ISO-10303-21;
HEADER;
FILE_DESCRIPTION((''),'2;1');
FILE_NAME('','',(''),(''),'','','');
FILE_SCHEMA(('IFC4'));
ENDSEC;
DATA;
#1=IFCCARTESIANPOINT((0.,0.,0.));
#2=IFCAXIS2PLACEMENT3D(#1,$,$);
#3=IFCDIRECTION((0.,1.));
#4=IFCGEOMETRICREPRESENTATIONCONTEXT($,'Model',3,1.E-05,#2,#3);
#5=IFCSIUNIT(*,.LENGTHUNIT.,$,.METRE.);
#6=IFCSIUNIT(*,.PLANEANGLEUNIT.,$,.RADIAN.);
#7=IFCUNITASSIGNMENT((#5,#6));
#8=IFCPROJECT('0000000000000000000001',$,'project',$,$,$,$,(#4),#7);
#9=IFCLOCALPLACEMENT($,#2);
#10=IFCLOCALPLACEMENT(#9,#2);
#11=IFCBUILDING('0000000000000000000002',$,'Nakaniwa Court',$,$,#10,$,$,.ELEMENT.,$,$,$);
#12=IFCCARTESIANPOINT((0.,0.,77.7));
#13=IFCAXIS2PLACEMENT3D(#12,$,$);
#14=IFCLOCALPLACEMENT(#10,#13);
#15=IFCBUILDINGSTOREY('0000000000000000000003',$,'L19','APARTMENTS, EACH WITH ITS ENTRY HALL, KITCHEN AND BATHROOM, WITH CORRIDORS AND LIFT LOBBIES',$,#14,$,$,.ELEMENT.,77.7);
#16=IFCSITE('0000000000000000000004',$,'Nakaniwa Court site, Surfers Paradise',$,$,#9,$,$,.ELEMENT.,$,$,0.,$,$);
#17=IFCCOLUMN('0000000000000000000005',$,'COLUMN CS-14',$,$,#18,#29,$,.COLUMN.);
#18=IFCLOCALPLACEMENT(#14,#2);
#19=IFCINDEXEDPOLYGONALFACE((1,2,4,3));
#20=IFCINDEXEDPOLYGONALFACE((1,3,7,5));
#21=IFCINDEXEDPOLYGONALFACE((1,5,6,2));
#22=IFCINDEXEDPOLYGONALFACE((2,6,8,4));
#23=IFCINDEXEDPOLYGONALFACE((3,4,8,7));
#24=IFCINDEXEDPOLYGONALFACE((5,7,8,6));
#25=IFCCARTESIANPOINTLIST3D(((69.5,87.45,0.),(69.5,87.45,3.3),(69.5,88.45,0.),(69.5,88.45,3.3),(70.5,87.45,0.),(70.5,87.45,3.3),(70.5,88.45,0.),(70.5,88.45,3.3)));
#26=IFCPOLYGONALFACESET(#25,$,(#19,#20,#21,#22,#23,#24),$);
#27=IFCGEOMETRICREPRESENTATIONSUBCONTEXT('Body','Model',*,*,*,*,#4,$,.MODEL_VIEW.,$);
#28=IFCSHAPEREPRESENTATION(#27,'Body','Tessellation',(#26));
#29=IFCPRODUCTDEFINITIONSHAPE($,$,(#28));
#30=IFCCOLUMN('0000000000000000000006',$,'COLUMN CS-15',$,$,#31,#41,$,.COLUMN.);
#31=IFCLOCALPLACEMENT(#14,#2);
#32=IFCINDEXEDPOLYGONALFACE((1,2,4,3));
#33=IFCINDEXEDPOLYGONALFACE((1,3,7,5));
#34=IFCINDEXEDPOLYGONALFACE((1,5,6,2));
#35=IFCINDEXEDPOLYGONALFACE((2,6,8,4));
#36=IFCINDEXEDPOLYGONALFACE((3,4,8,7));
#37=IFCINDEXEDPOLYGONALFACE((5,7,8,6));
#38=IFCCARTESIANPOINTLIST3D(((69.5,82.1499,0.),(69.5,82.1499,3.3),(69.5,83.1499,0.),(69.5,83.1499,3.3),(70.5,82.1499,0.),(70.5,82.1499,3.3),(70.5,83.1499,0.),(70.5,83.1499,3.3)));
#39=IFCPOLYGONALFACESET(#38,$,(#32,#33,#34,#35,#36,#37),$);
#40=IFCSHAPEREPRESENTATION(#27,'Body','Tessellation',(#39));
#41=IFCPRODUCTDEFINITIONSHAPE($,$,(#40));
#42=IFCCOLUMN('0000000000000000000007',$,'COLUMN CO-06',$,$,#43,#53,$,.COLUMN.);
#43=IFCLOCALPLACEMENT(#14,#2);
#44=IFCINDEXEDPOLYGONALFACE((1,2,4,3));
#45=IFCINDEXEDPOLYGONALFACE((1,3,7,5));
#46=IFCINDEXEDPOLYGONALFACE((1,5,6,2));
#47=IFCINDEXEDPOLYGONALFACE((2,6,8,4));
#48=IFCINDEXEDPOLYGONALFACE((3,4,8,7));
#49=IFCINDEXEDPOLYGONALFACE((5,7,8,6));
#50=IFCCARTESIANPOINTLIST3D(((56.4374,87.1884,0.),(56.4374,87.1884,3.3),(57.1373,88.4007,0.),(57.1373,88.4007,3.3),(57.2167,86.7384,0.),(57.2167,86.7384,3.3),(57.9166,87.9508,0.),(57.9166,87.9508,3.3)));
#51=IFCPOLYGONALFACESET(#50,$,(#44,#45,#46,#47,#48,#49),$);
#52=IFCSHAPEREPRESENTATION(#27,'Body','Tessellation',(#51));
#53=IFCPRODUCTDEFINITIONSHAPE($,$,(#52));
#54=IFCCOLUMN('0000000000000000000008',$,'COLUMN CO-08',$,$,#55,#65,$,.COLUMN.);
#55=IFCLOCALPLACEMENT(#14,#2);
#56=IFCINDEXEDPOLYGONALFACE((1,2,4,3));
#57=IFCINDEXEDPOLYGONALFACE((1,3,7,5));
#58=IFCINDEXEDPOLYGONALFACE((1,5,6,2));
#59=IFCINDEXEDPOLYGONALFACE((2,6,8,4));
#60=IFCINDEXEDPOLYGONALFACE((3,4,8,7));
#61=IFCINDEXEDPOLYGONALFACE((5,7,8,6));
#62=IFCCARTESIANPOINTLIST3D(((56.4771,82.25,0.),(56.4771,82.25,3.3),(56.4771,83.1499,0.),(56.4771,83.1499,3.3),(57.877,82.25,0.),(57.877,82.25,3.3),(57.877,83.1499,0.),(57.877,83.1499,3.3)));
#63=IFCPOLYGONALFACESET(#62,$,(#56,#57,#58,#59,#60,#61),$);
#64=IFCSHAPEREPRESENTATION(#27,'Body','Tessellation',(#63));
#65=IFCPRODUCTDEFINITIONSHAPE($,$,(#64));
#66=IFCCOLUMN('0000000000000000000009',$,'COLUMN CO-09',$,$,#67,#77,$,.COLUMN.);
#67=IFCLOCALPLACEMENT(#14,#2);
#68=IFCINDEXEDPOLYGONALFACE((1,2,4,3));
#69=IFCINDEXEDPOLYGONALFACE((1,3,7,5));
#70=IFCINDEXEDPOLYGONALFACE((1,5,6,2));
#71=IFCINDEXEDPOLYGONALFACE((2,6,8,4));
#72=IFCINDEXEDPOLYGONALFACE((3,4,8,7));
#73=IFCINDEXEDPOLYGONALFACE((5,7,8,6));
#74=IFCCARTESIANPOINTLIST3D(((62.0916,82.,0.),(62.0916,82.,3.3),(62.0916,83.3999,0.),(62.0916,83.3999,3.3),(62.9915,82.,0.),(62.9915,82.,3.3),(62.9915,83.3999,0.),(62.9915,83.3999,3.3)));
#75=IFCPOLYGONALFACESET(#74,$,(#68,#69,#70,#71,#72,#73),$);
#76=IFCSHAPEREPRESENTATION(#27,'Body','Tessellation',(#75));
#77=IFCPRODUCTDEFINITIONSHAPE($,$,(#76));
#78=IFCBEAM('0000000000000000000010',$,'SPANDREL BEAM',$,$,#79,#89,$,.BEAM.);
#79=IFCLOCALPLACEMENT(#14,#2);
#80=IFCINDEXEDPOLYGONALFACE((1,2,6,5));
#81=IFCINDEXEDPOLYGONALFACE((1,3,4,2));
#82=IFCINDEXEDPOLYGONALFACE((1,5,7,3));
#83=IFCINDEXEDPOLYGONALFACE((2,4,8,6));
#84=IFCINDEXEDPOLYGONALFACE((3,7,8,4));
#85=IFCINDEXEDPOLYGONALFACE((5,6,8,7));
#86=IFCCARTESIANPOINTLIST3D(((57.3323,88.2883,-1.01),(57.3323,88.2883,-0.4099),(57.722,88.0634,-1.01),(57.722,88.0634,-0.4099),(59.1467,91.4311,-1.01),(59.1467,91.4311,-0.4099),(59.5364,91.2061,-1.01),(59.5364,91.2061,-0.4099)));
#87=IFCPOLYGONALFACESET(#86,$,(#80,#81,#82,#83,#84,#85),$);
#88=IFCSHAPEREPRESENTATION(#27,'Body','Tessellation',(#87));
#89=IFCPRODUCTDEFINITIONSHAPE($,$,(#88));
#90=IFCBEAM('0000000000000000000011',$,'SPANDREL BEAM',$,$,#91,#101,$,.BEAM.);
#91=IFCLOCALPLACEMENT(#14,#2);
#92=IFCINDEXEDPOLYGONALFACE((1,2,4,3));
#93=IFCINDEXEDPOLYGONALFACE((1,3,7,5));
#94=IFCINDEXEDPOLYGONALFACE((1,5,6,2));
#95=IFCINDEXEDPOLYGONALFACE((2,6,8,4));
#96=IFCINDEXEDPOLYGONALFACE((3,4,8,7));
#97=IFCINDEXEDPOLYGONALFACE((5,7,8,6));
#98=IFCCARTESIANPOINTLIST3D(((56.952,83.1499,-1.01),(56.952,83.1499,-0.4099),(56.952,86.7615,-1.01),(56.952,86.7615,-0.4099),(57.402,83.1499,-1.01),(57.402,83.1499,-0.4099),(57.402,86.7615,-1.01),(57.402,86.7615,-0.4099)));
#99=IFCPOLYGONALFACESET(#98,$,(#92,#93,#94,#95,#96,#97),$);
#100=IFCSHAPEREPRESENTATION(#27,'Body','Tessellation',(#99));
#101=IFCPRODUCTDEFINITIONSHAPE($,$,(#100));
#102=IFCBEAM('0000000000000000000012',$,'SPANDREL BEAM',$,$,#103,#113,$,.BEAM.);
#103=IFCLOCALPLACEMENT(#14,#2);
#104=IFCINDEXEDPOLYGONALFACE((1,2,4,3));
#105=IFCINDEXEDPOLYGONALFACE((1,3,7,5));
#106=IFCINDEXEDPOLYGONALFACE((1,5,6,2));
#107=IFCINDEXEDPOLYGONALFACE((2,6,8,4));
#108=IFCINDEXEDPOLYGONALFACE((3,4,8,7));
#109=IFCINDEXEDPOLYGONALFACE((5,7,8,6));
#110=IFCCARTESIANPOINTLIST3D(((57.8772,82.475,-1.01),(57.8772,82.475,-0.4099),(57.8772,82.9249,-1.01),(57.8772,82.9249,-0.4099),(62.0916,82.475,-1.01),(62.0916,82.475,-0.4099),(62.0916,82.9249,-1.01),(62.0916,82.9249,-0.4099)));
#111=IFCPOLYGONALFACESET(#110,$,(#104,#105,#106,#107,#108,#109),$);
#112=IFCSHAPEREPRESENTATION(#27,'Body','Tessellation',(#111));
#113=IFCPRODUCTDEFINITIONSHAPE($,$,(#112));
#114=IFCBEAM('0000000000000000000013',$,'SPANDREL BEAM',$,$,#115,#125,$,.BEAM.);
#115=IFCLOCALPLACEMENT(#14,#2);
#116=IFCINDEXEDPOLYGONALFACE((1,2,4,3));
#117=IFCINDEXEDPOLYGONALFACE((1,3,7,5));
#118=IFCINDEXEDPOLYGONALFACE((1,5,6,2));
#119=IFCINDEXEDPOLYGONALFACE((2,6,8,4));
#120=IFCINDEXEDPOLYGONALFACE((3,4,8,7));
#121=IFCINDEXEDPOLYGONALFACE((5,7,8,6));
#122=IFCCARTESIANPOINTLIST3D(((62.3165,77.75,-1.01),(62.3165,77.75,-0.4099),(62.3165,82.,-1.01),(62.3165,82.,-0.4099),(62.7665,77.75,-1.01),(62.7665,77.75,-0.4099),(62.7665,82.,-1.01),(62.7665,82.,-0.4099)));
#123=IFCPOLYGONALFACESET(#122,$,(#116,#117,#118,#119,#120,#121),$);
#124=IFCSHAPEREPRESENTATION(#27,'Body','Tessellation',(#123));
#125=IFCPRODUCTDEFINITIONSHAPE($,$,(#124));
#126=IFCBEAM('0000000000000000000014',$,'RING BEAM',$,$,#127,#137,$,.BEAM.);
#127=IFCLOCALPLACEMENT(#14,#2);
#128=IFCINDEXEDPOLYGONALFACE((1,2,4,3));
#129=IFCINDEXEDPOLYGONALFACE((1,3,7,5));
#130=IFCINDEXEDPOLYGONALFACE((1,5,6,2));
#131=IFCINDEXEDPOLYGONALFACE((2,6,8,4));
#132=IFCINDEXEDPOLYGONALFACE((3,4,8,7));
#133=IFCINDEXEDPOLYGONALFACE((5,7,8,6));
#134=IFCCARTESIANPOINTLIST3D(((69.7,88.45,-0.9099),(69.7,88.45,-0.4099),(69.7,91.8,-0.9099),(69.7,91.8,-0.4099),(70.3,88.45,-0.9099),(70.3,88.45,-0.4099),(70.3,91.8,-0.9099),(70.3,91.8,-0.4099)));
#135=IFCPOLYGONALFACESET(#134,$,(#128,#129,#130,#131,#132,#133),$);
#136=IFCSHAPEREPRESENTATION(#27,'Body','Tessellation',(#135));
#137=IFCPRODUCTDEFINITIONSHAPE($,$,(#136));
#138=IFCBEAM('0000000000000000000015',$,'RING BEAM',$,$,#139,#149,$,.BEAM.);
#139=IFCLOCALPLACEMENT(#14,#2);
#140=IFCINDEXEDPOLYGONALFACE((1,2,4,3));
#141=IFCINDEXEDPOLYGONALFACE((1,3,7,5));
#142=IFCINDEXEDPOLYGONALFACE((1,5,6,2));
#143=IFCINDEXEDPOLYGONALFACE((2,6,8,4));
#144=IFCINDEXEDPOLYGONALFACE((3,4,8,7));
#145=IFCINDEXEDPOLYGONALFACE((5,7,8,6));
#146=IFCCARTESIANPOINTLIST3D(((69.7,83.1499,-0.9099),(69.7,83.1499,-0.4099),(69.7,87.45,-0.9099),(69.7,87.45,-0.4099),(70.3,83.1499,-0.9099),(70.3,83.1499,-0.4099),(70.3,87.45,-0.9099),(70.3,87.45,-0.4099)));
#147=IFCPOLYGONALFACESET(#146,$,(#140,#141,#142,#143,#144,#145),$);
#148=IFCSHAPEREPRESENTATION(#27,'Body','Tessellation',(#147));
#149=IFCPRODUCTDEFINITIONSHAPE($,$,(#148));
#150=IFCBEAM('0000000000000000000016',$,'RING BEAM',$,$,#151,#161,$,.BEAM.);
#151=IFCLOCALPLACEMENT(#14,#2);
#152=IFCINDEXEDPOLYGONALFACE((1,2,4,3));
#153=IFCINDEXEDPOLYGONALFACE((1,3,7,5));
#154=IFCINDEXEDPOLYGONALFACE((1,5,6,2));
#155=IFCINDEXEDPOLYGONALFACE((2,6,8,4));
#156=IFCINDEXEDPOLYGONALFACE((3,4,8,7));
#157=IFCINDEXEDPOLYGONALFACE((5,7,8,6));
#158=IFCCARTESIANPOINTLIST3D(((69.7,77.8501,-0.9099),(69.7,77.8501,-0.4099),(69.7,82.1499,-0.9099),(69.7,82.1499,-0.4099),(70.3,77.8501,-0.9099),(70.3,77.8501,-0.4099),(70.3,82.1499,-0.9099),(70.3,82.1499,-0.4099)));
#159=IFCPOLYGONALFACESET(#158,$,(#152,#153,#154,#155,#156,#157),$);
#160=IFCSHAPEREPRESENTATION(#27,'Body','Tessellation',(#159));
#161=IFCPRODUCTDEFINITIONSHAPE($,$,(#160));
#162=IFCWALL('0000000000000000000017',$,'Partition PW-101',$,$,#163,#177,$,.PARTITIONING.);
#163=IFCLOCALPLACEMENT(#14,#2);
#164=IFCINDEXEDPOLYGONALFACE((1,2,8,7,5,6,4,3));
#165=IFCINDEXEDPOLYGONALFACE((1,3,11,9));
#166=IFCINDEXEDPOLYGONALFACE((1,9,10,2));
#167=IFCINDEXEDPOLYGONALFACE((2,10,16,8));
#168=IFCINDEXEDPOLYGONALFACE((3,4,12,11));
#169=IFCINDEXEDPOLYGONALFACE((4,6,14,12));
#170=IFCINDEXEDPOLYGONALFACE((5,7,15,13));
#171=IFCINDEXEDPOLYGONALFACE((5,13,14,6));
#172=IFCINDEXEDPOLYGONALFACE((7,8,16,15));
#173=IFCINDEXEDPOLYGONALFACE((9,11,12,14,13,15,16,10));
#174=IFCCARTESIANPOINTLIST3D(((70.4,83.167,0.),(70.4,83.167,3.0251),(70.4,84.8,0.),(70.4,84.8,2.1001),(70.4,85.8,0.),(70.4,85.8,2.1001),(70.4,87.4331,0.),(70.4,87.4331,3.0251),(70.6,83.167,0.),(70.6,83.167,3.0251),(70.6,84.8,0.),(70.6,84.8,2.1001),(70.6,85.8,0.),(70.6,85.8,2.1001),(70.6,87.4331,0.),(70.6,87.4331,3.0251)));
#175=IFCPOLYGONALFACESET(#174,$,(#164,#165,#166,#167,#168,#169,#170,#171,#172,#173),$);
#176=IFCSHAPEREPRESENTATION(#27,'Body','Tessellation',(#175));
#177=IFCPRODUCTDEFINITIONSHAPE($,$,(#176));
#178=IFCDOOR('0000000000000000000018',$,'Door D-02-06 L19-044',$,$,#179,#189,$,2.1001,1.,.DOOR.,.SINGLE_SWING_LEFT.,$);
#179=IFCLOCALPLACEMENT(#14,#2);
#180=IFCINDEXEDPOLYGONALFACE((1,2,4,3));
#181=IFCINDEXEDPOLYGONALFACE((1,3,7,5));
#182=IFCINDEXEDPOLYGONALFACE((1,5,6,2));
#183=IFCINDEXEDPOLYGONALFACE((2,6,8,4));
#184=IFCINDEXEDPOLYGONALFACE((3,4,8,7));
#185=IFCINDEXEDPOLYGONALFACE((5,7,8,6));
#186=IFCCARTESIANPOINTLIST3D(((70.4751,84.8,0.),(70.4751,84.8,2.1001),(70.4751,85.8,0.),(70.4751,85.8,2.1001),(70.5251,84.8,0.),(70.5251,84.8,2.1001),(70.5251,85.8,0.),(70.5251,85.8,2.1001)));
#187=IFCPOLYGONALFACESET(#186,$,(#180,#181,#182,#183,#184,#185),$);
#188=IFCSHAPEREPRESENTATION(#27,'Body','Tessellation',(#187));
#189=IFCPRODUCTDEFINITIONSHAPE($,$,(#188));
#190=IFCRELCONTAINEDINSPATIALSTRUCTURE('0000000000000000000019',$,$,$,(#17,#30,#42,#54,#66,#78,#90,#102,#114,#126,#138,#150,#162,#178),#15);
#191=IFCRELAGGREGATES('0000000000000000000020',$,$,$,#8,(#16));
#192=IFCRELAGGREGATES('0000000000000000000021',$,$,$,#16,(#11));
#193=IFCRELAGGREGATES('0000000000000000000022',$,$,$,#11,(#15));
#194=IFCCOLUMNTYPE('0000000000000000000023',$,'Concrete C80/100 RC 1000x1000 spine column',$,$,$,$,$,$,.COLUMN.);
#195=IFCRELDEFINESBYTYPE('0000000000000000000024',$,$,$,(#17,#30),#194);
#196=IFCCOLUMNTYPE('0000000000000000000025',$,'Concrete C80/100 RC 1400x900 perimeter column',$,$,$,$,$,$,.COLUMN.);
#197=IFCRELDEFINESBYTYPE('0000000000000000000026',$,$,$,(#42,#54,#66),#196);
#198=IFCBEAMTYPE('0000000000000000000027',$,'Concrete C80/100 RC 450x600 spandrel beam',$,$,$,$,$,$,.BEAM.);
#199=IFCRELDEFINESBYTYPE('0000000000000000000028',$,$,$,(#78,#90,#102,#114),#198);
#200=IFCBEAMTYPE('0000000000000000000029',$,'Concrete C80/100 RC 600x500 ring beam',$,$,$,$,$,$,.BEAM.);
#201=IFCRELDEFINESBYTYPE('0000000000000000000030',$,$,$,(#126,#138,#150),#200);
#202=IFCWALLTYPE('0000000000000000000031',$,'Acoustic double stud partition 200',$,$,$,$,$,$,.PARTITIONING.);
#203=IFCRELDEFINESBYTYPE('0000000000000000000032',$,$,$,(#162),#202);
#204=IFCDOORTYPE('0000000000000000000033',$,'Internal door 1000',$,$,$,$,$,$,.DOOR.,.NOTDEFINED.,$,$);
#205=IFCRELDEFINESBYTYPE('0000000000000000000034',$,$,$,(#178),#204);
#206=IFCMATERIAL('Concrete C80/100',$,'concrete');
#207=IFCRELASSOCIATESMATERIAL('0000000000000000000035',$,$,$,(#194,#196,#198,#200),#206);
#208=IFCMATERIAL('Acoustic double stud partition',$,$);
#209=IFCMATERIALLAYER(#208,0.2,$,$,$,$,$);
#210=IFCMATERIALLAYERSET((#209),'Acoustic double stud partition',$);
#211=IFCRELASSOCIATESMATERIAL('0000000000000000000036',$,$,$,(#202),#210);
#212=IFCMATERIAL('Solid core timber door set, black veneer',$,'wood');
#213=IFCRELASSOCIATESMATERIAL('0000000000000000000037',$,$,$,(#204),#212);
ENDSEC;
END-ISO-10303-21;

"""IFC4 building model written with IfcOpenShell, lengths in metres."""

from ifc_helpers import new_model, si_unit, direction, frame, frame_2d, origin, origin_2d, place, context, subcontext, project, spatial, rectangle, extrude, material, layer, layer_set, material_profile, profile_set, type_object, element, fill, save


model = new_model("IFC4")

# Units and contexts
model_context = context("Model", 3, precision=1e-05, world=origin(), true_north=direction((0.0, 1.0)))
body_context = subcontext(model_context, "Body", "Model", "MODEL_VIEW")
ifc_project = project(units=[si_unit("LENGTHUNIT", "METRE"), si_unit("PLANEANGLEUNIT", "RADIAN")], contexts=[model_context])

# Site, building, storey
site_placement = place(None, origin())
site = spatial("IfcSite", under=ifc_project, at=site_placement, Name="Nakaniwa Court site, Surfers Paradise", CompositionType="ELEMENT", RefElevation=0.0)
building_placement = place(site_placement, origin())
building = spatial("IfcBuilding", under=site, at=building_placement, Name="Nakaniwa Court", CompositionType="ELEMENT")
storey_placement = place(building_placement, frame((0.0, 0.0, 77.7)))
storey = spatial("IfcBuildingStorey", under=building, at=storey_placement, Name="L19", Description="APARTMENTS, EACH WITH ITS ENTRY HALL, KITCHEN AND BATHROOM, WITH CORRIDORS AND LIFT LOBBIES", CompositionType="ELEMENT", Elevation=77.7)

# Columns
ifc_material_1 = material(Name="Concrete C80/100", Category="concrete")
ifc_material_profile_1 = material_profile(ifc_material_1, rectangle(XDim=1.0, YDim=1.0, at=origin_2d()), Name="Concrete C80/100 RC 1000x1000 spine column")
ifc_profile_set_1 = profile_set([ifc_material_profile_1], Name="Concrete C80/100")
column_type_1 = type_object("IfcColumnType", Name="Concrete C80/100 RC 1000x1000 spine column", PredefinedType="COLUMN", material=ifc_profile_set_1)
for number, where, z_axis, x_axis, name in (
    (1, (70.0, 87.95, 0.0), (0.0, 0.0, 1.0), (0.0, -1.0, 0.0), "COLUMN CS-14"),
    (2, (70.0, 82.6499, 0.0), (0.0, 0.0, 1.0), (0.0, -1.0, 0.0), "COLUMN CS-15"),
):
    element("IfcColumn", number, at=place(storey_placement, frame(where, z_axis=z_axis, x_axis=x_axis)), inside=storey, type_object=column_type_1, Name=name, PredefinedType="COLUMN", context=body_context, shape_type="SweptSolid", body=[
        extrude(rectangle(XDim=1.0, YDim=1.0, at=origin_2d()), origin(), (0.0, 0.0, 1.0), 3.3),
    ])
ifc_material_profile_2 = material_profile(ifc_material_1, rectangle(XDim=1.3999, YDim=0.8999, at=origin_2d()), Name="Concrete C80/100 RC 1400x900 perimeter column")
ifc_profile_set_2 = profile_set([ifc_material_profile_2], Name="Concrete C80/100")
column_type_2 = type_object("IfcColumnType", Name="Concrete C80/100 RC 1400x900 perimeter column", PredefinedType="COLUMN", material=ifc_profile_set_2)
for number, where, z_axis, x_axis, name in (
    (3, (57.177, 87.5696, 0.0), (0.0, 0.0, 1.0), (-0.5, -0.866025, 0.0), "COLUMN CO-06"),
    (4, (57.177, 82.7, 0.0), (0.0, 0.0, 1.0), (1.0, 0.0, 0.0), "COLUMN CO-08"),
    (5, (62.5415, 82.7, 0.0), (0.0, 0.0, 1.0), (0.0, -1.0, 0.0), "COLUMN CO-09"),
):
    element("IfcColumn", number, at=place(storey_placement, frame(where, z_axis=z_axis, x_axis=x_axis)), inside=storey, type_object=column_type_2, Name=name, PredefinedType="COLUMN", context=body_context, shape_type="SweptSolid", body=[
        extrude(rectangle(XDim=1.3999, YDim=0.8999, at=origin_2d()), origin(), (0.0, 0.0, 1.0), 3.3),
    ])

# Beams
ifc_material_profile_3 = material_profile(ifc_material_1, rectangle(XDim=0.45, YDim=0.6001, at=origin_2d()), Name="Concrete C80/100 RC 450x600 spandrel beam")
ifc_profile_set_3 = profile_set([ifc_material_profile_3], Name="Concrete C80/100")
beam_type_1 = type_object("IfcBeamType", Name="Concrete C80/100 RC 450x600 spandrel beam", PredefinedType="BEAM", material=ifc_profile_set_3)
beam_1_placement = place(storey_placement, frame((59.3416, 91.3186, -0.71), z_axis=(-0.499988, -0.866032, 0.0), x_axis=(0.866032, -0.499988, 0.0)))
element("IfcBeam", 6, at=beam_1_placement, inside=storey, type_object=beam_type_1, Name="SPANDREL BEAM", PredefinedType="BEAM", context=body_context, shape_type="SweptSolid", body=[
    extrude(rectangle(XDim=0.45, YDim=0.6001, at=origin_2d()), origin(), (0.0, 0.0, 1.0), 3.6289),
])
beam_2_placement = place(storey_placement, frame((57.177, 86.7615, -0.71), z_axis=(0.0, -1.0, 0.0), x_axis=(1.0, 0.0, 0.0)))
element("IfcBeam", 7, at=beam_2_placement, inside=storey, type_object=beam_type_1, Name="SPANDREL BEAM", PredefinedType="BEAM", context=body_context, shape_type="SweptSolid", body=[
    extrude(rectangle(XDim=0.45, YDim=0.6001, at=origin_2d()), origin(), (0.0, 0.0, 1.0), 3.6116),
])
beam_3_placement = place(storey_placement, frame((57.8772, 82.7, -0.71), z_axis=(1.0, 0.0, 0.0), x_axis=(0.0, 1.0, 0.0)))
element("IfcBeam", 8, at=beam_3_placement, inside=storey, type_object=beam_type_1, Name="SPANDREL BEAM", PredefinedType="BEAM", context=body_context, shape_type="SweptSolid", body=[
    extrude(rectangle(XDim=0.45, YDim=0.6001, at=origin_2d()), origin(), (0.0, 0.0, 1.0), 4.2144),
])
beam_4_placement = place(storey_placement, frame((62.5415, 82.0, -0.71), z_axis=(0.0, -1.0, 0.0), x_axis=(1.0, 0.0, 0.0)))
element("IfcBeam", 9, at=beam_4_placement, inside=storey, type_object=beam_type_1, Name="SPANDREL BEAM", PredefinedType="BEAM", context=body_context, shape_type="SweptSolid", body=[
    extrude(rectangle(XDim=0.45, YDim=0.6001, at=origin_2d()), origin(), (0.0, 0.0, 1.0), 4.25),
])
ifc_material_profile_4 = material_profile(ifc_material_1, rectangle(XDim=0.6001, YDim=0.5, at=origin_2d()), Name="Concrete C80/100 RC 600x500 ring beam")
ifc_profile_set_4 = profile_set([ifc_material_profile_4], Name="Concrete C80/100")
beam_type_2 = type_object("IfcBeamType", Name="Concrete C80/100 RC 600x500 ring beam", PredefinedType="BEAM", material=ifc_profile_set_4)
beam_5_placement = place(storey_placement, frame((70.0, 91.8, -0.6599), z_axis=(0.0, -1.0, 0.0), x_axis=(1.0, 0.0, 0.0)))
element("IfcBeam", 10, at=beam_5_placement, inside=storey, type_object=beam_type_2, Name="RING BEAM", PredefinedType="BEAM", context=body_context, shape_type="SweptSolid", body=[
    extrude(rectangle(XDim=0.6001, YDim=0.5, at=origin_2d()), origin(), (0.0, 0.0, 1.0), 3.3501),
])
beam_6_placement = place(storey_placement, frame((70.0, 87.45, -0.6599), z_axis=(0.0, -1.0, 0.0), x_axis=(1.0, 0.0, 0.0)))
element("IfcBeam", 11, at=beam_6_placement, inside=storey, type_object=beam_type_2, Name="RING BEAM", PredefinedType="BEAM", context=body_context, shape_type="SweptSolid", body=[
    extrude(rectangle(XDim=0.6001, YDim=0.5, at=origin_2d()), origin(), (0.0, 0.0, 1.0), 4.3),
])
beam_7_placement = place(storey_placement, frame((70.0, 82.1499, -0.6599), z_axis=(0.0, -1.0, 0.0), x_axis=(1.0, 0.0, 0.0)))
element("IfcBeam", 12, at=beam_7_placement, inside=storey, type_object=beam_type_2, Name="RING BEAM", PredefinedType="BEAM", context=body_context, shape_type="SweptSolid", body=[
    extrude(rectangle(XDim=0.6001, YDim=0.5, at=origin_2d()), origin(), (0.0, 0.0, 1.0), 4.2998),
])

# Wall, opening, door
ifc_material_2 = material(Name="Acoustic double stud partition")
ifc_layer_1 = layer(ifc_material_2, 0.2)
ifc_layer_set_1 = layer_set([ifc_layer_1], Name="Acoustic double stud partition")
wall_type_1 = type_object("IfcWallType", Name="Acoustic double stud partition 200", PredefinedType="PARTITIONING", material=ifc_layer_set_1)
wall_1_placement = place(storey_placement, frame((70.5, 83.167, 0.0), z_axis=(0.0, 0.0, 1.0), x_axis=(0.0, 1.0, 0.0)))
wall_1 = element("IfcWall", 13, at=wall_1_placement, inside=storey, type_object=wall_type_1, Name="Partition PW-101", PredefinedType="PARTITIONING", context=body_context, shape_type="SweptSolid", body=[
    extrude(rectangle(XDim=4.2661, YDim=0.2, at=frame_2d((2.1331, 0.0))), origin(), (0.0, 0.0, 1.0), 3.0251),
])
opening_1_placement = place(wall_1_placement, frame((1.6331, 0.0, 0.0)))
opening_1 = element("IfcOpeningElement", 14, at=opening_1_placement, cuts=wall_1, PredefinedType="OPENING", context=body_context, shape_type="SweptSolid", body=[
    extrude(rectangle(XDim=1.0, YDim=2.1001, at=frame_2d((0.5, 1.05))), frame((0.0, 0.1099, 0.0), z_axis=(0.0, -1.0, 0.0), x_axis=(1.0, 0.0, 0.0)), (0.0, 0.0, 1.0), 0.22),
])
ifc_material_3 = material(Name="Solid core timber door set, black veneer", Category="wood")
door_type = type_object("IfcDoorType", Name="Internal door 1000", OperationType="NOTDEFINED", PredefinedType="DOOR", material=ifc_material_3)
door_placement = place(opening_1_placement, origin())
door = element("IfcDoor", 15, at=door_placement, inside=storey, type_object=door_type, Name="Door D-02-06 L19-044", OperationType="SINGLE_SWING_LEFT", OverallHeight=2.1001, OverallWidth=1.0, PredefinedType="DOOR", context=body_context, shape_type="SweptSolid", body=[
    extrude(rectangle(XDim=1.0, YDim=2.1001, at=frame_2d((0.5, 1.05))), frame((0.0, 0.0249, 0.0), z_axis=(0.0, -1.0, 0.0), x_axis=(1.0, 0.0, 0.0)), (0.0, 0.0, 1.0), 0.05),
])
fill(opening_1, door)

save(model, "model.ifc")
